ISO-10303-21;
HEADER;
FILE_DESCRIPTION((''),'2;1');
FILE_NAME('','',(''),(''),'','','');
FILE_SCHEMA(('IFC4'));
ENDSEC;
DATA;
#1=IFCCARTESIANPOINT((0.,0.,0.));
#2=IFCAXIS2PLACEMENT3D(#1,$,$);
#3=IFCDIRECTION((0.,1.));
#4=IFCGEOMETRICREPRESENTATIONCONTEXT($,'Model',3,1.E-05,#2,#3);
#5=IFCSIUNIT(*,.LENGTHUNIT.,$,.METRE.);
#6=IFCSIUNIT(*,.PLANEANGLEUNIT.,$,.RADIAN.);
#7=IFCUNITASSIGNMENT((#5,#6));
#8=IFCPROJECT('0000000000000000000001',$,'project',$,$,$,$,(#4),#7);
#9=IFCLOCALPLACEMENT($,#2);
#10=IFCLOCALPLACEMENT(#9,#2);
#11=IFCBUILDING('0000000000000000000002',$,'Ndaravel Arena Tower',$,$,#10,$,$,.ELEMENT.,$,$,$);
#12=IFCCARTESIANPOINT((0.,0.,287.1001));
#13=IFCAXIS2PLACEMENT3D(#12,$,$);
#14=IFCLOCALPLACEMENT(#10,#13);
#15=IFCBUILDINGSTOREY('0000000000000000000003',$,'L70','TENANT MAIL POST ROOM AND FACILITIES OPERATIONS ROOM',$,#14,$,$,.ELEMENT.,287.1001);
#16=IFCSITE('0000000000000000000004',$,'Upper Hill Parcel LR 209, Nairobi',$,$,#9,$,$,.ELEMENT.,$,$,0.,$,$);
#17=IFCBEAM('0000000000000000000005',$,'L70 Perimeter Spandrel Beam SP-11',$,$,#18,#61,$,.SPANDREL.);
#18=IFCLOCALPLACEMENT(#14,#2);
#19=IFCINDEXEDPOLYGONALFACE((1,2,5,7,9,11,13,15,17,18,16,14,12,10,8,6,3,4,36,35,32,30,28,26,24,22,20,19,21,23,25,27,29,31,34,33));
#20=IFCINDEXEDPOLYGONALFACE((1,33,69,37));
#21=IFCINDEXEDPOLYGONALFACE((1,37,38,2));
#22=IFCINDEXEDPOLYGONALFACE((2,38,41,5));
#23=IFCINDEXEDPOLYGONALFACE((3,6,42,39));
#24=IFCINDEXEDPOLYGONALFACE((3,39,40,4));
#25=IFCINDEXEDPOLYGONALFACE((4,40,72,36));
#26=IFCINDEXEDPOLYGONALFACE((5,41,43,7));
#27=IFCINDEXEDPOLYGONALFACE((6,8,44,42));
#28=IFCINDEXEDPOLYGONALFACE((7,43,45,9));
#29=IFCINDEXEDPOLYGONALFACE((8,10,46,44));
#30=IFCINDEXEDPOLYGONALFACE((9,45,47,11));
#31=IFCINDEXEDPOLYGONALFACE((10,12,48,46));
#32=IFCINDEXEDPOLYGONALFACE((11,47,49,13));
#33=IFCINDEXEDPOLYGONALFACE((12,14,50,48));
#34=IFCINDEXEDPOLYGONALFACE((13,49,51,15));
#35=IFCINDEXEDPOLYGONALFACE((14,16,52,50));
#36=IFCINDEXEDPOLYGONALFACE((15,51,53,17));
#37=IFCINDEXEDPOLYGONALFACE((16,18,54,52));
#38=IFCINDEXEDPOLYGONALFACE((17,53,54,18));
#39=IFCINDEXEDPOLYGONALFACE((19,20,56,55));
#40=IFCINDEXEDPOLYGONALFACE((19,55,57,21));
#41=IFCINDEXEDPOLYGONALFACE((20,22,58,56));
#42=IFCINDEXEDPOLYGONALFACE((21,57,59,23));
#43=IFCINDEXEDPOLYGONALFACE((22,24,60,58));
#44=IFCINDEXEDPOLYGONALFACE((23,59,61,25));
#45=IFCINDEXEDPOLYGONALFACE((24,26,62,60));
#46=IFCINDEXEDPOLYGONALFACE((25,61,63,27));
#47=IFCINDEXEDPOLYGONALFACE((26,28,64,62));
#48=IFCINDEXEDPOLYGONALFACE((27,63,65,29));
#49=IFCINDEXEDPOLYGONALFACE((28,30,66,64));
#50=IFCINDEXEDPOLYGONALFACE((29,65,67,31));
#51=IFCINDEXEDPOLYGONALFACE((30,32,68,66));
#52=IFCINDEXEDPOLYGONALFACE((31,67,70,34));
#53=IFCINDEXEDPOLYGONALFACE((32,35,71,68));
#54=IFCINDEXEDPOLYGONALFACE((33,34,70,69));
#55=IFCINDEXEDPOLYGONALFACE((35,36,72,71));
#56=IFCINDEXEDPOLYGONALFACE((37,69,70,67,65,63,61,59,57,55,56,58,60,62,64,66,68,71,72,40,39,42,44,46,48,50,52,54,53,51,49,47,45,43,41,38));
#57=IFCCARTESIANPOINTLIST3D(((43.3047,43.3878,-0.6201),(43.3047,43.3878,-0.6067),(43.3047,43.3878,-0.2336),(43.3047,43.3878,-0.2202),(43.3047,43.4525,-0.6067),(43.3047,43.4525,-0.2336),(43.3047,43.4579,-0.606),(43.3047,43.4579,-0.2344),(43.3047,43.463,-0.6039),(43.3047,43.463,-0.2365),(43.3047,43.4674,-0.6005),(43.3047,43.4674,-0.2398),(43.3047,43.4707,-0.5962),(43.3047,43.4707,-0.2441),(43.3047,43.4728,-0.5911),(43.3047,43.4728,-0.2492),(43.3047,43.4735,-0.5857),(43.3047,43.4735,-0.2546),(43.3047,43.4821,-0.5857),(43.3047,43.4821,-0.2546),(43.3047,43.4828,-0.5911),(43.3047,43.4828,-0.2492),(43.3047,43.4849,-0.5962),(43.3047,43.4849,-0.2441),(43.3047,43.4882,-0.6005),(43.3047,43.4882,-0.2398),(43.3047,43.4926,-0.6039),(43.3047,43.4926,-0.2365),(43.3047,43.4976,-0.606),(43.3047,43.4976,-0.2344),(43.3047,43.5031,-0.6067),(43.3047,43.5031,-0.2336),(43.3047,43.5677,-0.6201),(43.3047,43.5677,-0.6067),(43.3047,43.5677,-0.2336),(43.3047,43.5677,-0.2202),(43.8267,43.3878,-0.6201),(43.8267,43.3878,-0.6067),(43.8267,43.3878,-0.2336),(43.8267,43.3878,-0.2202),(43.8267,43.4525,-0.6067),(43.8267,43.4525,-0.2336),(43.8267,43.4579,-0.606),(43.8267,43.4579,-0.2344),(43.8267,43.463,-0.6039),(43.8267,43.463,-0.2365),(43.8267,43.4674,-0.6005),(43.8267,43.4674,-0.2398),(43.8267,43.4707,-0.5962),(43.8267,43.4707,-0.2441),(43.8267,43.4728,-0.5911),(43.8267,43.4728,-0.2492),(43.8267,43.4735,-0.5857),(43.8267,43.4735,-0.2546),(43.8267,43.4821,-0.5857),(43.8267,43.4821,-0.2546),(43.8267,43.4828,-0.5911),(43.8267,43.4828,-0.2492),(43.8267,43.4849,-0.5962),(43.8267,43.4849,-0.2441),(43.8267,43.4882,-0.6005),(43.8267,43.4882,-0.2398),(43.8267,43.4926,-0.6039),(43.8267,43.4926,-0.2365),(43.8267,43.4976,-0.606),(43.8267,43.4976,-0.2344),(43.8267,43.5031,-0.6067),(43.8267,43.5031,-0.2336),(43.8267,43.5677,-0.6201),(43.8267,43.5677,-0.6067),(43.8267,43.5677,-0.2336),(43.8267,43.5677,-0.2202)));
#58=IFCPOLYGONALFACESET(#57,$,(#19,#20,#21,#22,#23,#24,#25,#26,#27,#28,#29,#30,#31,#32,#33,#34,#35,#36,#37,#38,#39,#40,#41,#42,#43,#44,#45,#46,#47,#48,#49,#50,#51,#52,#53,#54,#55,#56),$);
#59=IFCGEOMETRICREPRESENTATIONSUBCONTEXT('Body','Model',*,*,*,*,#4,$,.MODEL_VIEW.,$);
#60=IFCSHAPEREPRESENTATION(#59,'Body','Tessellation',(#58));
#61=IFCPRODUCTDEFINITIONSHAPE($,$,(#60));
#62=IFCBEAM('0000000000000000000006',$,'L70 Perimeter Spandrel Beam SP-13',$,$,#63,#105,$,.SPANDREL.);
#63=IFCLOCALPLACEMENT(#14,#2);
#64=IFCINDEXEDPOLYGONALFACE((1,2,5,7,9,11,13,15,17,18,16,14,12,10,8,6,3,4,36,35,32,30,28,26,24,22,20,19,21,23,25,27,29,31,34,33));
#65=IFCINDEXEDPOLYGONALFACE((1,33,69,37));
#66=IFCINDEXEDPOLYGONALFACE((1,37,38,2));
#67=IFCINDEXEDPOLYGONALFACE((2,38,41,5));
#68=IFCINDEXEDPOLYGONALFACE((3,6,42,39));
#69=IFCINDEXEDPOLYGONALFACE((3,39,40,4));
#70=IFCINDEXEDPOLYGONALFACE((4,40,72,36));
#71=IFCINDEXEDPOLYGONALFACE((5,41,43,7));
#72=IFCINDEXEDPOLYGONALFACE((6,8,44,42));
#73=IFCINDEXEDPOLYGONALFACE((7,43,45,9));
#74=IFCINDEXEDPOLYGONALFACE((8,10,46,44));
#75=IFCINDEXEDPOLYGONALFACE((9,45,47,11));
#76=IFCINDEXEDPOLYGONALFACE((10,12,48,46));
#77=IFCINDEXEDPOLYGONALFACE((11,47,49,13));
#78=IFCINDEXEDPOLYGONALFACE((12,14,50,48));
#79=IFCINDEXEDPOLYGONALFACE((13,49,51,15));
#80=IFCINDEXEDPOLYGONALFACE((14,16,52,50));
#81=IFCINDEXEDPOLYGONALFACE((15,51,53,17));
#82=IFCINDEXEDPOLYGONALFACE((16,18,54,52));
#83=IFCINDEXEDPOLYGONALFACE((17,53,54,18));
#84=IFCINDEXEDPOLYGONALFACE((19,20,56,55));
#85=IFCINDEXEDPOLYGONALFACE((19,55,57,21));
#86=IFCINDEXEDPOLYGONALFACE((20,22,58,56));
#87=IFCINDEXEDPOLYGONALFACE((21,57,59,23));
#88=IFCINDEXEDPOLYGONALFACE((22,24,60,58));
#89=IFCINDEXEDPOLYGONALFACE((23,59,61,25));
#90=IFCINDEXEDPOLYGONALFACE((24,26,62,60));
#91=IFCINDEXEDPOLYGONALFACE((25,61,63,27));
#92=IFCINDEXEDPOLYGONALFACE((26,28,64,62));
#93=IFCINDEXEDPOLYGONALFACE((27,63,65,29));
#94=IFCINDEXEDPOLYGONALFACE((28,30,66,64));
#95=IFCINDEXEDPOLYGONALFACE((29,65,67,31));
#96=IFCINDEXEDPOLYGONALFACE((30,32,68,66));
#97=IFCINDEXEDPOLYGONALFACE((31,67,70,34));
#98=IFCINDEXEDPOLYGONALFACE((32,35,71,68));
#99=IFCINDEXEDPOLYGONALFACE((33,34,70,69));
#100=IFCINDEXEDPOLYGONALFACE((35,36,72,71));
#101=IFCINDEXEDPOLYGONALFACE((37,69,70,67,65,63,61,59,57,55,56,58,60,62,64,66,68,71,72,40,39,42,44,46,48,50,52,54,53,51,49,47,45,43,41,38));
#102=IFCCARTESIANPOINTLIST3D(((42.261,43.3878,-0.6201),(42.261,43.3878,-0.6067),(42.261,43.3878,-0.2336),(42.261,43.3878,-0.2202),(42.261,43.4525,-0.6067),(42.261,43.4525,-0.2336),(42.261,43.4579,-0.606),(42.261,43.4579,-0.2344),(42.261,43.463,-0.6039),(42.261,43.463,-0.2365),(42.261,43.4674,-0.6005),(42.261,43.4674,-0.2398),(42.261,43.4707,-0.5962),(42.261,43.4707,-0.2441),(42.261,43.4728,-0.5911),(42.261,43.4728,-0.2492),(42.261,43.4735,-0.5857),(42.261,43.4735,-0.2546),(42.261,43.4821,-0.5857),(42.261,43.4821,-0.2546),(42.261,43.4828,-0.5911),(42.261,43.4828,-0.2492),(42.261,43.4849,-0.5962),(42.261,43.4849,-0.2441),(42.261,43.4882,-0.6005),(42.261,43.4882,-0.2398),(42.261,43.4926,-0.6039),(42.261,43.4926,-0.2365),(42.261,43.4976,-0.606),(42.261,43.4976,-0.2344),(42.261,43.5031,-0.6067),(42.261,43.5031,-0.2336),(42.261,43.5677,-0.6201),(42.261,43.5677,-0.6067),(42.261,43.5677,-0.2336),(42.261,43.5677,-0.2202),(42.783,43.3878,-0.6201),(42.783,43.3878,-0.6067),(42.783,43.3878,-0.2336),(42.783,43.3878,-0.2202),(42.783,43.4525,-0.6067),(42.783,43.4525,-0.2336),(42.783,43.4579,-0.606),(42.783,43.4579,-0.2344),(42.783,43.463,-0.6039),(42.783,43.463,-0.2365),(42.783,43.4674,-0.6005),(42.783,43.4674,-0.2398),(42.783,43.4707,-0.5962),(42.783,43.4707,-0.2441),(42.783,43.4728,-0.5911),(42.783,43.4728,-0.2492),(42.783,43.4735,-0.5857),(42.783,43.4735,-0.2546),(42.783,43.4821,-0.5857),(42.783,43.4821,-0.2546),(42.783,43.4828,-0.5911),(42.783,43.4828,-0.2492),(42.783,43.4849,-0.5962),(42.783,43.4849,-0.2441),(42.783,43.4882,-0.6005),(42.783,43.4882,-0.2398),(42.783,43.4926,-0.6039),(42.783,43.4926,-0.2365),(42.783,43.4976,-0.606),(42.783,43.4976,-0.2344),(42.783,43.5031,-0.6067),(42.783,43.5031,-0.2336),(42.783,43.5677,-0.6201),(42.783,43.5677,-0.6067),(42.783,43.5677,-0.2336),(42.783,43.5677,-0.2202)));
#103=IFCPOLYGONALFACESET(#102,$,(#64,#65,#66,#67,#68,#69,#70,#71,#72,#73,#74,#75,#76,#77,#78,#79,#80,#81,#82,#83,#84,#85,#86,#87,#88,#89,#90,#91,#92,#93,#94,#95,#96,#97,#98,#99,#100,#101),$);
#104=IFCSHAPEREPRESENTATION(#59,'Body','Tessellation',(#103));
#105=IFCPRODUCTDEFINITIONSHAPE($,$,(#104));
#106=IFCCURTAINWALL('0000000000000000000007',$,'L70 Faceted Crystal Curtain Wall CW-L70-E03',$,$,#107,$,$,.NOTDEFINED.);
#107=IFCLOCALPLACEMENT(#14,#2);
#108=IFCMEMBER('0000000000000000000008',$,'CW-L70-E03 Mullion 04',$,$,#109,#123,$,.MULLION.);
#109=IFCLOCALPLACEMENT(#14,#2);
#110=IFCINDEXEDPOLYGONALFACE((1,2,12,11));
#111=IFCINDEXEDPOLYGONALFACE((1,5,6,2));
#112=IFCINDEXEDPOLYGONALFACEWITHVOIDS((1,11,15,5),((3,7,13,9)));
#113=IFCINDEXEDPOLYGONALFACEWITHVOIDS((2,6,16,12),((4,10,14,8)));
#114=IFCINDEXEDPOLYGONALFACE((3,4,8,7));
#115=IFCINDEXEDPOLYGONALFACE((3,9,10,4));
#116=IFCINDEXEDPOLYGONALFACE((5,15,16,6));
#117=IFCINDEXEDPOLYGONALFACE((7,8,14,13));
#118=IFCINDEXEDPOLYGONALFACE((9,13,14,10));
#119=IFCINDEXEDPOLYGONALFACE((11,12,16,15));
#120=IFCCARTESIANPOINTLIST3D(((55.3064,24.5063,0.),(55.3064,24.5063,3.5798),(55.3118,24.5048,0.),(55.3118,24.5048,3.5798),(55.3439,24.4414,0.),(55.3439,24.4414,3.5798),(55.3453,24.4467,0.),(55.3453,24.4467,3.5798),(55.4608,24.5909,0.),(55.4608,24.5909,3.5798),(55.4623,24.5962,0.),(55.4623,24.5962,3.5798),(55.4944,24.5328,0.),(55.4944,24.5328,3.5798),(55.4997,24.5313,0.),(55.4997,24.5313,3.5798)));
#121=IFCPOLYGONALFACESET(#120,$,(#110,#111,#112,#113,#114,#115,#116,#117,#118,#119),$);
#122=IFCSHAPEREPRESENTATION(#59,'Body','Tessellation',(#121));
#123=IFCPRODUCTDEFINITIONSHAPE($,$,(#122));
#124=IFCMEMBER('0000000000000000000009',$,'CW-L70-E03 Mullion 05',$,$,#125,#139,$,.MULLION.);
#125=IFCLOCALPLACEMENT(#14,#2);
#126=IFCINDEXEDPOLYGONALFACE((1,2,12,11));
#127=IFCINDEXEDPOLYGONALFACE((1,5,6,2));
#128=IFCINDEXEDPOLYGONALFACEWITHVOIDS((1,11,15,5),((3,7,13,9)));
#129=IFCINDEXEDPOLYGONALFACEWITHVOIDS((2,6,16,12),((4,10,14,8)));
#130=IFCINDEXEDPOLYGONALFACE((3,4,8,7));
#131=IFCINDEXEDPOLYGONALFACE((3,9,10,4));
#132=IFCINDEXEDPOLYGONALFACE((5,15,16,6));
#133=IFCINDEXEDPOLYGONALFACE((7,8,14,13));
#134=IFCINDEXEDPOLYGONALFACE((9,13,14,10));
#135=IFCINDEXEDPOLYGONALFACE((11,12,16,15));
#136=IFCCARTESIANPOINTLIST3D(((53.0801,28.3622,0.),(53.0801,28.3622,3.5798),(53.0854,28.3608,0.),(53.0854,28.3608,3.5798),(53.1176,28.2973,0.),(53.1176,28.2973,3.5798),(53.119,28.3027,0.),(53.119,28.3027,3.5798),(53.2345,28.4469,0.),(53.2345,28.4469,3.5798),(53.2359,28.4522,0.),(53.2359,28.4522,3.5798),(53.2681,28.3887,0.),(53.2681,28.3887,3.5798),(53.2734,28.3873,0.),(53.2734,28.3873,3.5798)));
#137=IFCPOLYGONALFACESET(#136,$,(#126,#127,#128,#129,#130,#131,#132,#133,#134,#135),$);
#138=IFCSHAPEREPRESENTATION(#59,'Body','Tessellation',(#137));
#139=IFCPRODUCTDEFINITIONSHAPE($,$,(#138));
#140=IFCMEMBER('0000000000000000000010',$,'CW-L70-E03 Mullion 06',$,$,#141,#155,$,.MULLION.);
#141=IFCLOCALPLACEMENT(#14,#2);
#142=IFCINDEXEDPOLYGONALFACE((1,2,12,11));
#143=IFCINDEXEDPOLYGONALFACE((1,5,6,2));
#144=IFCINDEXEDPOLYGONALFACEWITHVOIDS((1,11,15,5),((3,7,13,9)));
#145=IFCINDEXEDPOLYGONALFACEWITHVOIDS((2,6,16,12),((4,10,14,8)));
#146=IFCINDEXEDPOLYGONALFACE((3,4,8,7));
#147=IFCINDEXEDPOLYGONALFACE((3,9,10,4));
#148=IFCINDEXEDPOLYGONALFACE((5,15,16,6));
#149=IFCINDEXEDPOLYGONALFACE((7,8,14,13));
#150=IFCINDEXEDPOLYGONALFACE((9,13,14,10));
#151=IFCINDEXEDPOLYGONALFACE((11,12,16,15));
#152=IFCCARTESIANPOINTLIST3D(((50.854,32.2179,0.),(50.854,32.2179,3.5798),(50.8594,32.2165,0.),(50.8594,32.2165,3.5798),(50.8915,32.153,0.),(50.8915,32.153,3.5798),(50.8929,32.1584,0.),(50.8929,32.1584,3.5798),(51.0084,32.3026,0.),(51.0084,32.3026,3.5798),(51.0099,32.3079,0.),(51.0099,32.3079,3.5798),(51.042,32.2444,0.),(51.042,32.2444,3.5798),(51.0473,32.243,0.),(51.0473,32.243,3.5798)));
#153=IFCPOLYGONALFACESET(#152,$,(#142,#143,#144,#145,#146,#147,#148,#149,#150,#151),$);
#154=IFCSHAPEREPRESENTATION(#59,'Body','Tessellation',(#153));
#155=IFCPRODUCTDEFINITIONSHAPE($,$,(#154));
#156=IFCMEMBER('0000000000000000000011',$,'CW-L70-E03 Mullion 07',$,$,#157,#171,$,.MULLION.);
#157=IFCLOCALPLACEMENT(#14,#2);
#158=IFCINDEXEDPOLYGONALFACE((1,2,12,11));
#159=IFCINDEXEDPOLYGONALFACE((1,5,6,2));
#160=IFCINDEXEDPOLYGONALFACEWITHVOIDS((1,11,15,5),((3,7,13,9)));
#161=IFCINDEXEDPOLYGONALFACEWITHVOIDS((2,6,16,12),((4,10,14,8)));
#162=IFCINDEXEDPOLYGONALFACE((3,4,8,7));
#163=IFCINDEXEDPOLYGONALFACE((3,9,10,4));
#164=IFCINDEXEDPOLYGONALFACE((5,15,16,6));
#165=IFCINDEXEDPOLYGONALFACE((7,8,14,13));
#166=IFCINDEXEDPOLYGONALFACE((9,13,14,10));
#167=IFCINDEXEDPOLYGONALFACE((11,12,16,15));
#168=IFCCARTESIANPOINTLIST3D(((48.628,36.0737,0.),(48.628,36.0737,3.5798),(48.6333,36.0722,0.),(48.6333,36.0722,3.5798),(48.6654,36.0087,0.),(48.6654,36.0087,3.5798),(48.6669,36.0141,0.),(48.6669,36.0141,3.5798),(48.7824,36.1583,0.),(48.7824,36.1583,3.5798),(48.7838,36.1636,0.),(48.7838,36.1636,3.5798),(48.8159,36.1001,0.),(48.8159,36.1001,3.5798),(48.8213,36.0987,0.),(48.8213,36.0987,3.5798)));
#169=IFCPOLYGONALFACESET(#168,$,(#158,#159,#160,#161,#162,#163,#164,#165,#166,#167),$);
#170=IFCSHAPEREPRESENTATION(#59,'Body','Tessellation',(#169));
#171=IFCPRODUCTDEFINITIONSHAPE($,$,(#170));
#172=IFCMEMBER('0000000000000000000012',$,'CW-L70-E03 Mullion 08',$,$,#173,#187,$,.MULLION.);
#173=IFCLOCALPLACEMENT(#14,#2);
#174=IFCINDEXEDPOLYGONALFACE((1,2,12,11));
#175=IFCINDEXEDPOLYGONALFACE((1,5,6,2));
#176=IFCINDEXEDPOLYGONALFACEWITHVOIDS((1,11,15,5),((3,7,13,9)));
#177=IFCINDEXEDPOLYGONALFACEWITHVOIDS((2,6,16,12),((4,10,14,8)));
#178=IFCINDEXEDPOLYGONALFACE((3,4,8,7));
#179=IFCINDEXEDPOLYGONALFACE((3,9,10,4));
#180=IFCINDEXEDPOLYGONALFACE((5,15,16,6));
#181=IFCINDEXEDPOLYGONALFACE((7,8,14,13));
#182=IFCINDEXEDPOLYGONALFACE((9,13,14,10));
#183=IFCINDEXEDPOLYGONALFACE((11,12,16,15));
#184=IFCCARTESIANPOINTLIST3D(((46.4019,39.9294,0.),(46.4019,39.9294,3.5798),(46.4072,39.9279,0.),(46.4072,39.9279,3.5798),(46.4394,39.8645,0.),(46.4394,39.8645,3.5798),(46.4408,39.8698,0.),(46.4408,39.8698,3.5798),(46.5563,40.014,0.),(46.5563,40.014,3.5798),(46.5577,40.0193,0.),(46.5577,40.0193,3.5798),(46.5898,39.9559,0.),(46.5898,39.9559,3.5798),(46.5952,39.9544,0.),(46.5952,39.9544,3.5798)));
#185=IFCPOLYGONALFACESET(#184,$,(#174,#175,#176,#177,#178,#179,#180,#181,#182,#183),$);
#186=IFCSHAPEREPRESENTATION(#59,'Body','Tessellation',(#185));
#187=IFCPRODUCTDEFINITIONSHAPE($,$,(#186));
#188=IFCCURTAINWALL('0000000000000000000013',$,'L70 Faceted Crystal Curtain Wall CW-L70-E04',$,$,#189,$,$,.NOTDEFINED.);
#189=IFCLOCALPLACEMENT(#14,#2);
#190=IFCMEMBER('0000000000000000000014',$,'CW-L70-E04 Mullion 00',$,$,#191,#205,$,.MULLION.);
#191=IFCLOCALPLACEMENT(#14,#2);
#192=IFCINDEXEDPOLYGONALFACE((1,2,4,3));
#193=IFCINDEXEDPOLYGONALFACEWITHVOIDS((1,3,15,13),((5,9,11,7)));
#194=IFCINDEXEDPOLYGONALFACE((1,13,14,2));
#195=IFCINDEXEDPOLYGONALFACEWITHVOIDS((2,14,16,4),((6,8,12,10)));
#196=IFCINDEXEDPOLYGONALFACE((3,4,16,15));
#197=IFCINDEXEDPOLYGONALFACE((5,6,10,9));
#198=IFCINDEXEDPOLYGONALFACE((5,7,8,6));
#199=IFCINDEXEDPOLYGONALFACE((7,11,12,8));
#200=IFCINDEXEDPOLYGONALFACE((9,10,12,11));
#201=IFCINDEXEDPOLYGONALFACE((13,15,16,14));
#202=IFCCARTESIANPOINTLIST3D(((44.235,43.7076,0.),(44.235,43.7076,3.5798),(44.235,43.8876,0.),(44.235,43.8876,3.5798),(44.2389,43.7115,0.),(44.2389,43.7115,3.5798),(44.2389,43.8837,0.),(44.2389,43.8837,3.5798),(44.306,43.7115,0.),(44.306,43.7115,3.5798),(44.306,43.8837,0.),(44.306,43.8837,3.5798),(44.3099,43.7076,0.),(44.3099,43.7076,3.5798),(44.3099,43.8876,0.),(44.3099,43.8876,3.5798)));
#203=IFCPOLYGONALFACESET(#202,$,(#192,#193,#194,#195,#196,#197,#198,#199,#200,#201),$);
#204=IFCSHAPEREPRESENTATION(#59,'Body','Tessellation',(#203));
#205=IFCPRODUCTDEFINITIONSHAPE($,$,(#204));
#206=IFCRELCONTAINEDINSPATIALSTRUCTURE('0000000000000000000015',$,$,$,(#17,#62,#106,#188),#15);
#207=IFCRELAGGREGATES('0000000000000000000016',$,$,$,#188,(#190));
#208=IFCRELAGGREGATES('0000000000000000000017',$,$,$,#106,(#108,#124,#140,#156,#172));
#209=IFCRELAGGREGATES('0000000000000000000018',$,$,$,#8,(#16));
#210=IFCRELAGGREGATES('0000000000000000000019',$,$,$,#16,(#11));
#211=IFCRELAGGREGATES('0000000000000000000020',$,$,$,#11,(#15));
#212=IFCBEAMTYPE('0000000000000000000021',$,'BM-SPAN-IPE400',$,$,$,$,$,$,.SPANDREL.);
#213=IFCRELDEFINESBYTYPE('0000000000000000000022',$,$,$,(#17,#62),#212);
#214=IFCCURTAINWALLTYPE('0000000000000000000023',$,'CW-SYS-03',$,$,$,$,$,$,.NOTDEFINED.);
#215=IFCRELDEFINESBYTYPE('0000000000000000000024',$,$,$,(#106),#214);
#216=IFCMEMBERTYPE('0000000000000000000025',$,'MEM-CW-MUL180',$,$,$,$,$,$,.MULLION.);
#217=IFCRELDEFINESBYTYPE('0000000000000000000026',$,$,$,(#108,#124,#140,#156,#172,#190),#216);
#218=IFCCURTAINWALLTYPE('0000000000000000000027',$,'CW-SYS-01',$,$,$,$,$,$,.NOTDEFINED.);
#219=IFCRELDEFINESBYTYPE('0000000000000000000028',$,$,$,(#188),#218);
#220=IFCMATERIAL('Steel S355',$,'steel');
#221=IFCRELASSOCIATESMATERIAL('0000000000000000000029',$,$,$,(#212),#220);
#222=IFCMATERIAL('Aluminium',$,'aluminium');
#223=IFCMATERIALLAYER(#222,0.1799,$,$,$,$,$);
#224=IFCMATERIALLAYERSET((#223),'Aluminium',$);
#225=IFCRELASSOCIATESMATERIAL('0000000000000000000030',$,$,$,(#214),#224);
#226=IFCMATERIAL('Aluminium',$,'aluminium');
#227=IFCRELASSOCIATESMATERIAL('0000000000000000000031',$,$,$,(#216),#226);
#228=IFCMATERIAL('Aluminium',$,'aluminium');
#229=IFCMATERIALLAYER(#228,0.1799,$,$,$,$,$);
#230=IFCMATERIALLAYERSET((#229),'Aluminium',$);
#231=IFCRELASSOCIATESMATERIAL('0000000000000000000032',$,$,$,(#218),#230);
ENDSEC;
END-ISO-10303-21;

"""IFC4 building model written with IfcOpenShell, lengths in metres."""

from ifc_helpers import new_model, si_unit, direction, frame, origin, origin_2d, place, context, subcontext, project, spatial, hollow_rectangle, i_section, extrude, material, layer, layer_set, material_profile, profile_set, type_object, element, aggregate, save


model = new_model("IFC4")

# Units and contexts
model_context = context("Model", 3, precision=1e-05, world=origin(), true_north=direction((0.0, 1.0)))
body_context = subcontext(model_context, "Body", "Model", "MODEL_VIEW")
ifc_project = project(units=[si_unit("LENGTHUNIT", "METRE"), si_unit("PLANEANGLEUNIT", "RADIAN")], contexts=[model_context])

# Site, building, storey
site_placement = place(None, origin())
site = spatial("IfcSite", under=ifc_project, at=site_placement, Name="Upper Hill Parcel LR 209, Nairobi", CompositionType="ELEMENT", RefElevation=0.0)
building_placement = place(site_placement, origin())
building = spatial("IfcBuilding", under=site, at=building_placement, Name="Ndaravel Arena Tower", CompositionType="ELEMENT")
storey_placement = place(building_placement, frame((0.0, 0.0, 287.1001)))
storey = spatial("IfcBuildingStorey", under=building, at=storey_placement, Name="L70", Description="TENANT MAIL POST ROOM AND FACILITIES OPERATIONS ROOM", CompositionType="ELEMENT", Elevation=287.1001)

# Beams
ifc_material_1 = material(Name="Steel S355", Category="steel")
ifc_material_profile_1 = material_profile(ifc_material_1, i_section(OverallWidth=0.1799, OverallDepth=0.3999, WebThickness=0.0085, FlangeThickness=0.0134, FilletRadius=0.021, at=origin_2d()), Name="IPE 400")
ifc_profile_set_1 = profile_set([ifc_material_profile_1], Name="Steel S355")
beam_type_1 = type_object("IfcBeamType", Name="BM-SPAN-IPE400", PredefinedType="SPANDREL", material=ifc_profile_set_1)
for number, where, z_axis, x_axis, name in (
    (1, (43.8267, 43.4778, -0.4202), (-1.0, 0.0, 0.0), (0.0, -1.0, 0.0), "L70 Perimeter Spandrel Beam SP-11"),
    (2, (42.783, 43.4778, -0.4202), (-1.0, 0.0, 0.0), (0.0, -1.0, 0.0), "L70 Perimeter Spandrel Beam SP-13"),
):
    element("IfcBeam", number, at=place(storey_placement, frame(where, z_axis=z_axis, x_axis=x_axis)), inside=storey, type_object=beam_type_1, Name=name, PredefinedType="SPANDREL", context=body_context, shape_type="SweptSolid", body=[
        extrude(i_section(OverallWidth=0.1799, OverallDepth=0.3999, WebThickness=0.0085, FlangeThickness=0.0134, FilletRadius=0.021, at=origin_2d()), origin(), (0.0, 0.0, 1.0), 0.522),
    ])

# Curtain walls, members
ifc_material_2 = material(Name="Aluminium", Category="aluminium")
ifc_layer_1 = layer(ifc_material_2, 0.1799)
ifc_layer_set_1 = layer_set([ifc_layer_1], Name="Aluminium")
curtain_wall_type_1 = type_object("IfcCurtainWallType", Name="CW-SYS-03", PredefinedType="NOTDEFINED", material=ifc_layer_set_1)
curtain_wall_1_placement = place(storey_placement, origin())
curtain_wall_1 = element("IfcCurtainWall", 3, at=curtain_wall_1_placement, inside=storey, type_object=curtain_wall_type_1, Name="L70 Faceted Crystal Curtain Wall CW-L70-E03", PredefinedType="NOTDEFINED")
ifc_material_3 = material(Name="Aluminium", Category="aluminium")
ifc_material_profile_2 = material_profile(ifc_material_3, hollow_rectangle(XDim=0.075, YDim=0.1799, WallThickness=0.0039, at=origin_2d()), Name="CW MULLION 75x180x4")
ifc_profile_set_2 = profile_set([ifc_material_profile_2], Name="Aluminium")
member_type_1 = type_object("IfcMemberType", Name="MEM-CW-MUL180", PredefinedType="MULLION", material=ifc_profile_set_2)
member_1_placement = place(storey_placement, frame((55.4031, 24.5188, 0.0), z_axis=(0.0, 0.0, 1.0), x_axis=(-0.5, 0.866025, 0.0)))
member_1 = element("IfcMember", 4, at=member_1_placement, type_object=member_type_1, Name="CW-L70-E03 Mullion 04", PredefinedType="MULLION", context=body_context, shape_type="SweptSolid", body=[
    extrude(hollow_rectangle(XDim=0.075, YDim=0.1799, WallThickness=0.0039, at=origin_2d()), origin(), (0.0, 0.0, 1.0), 3.5798),
])
member_2_placement = place(storey_placement, frame((53.1768, 28.3748, 0.0), z_axis=(0.0, 0.0, 1.0), x_axis=(-0.5, 0.866025, 0.0)))
member_2 = element("IfcMember", 5, at=member_2_placement, type_object=member_type_1, Name="CW-L70-E03 Mullion 05", PredefinedType="MULLION", context=body_context, shape_type="SweptSolid", body=[
    extrude(hollow_rectangle(XDim=0.075, YDim=0.1799, WallThickness=0.0039, at=origin_2d()), origin(), (0.0, 0.0, 1.0), 3.5798),
])
member_3_placement = place(storey_placement, frame((50.9507, 32.2305, 0.0), z_axis=(0.0, 0.0, 1.0), x_axis=(-0.5, 0.866025, 0.0)))
member_3 = element("IfcMember", 6, at=member_3_placement, type_object=member_type_1, Name="CW-L70-E03 Mullion 06", PredefinedType="MULLION", context=body_context, shape_type="SweptSolid", body=[
    extrude(hollow_rectangle(XDim=0.075, YDim=0.1799, WallThickness=0.0039, at=origin_2d()), origin(), (0.0, 0.0, 1.0), 3.5798),
])
member_4_placement = place(storey_placement, frame((48.7246, 36.0862, 0.0), z_axis=(0.0, 0.0, 1.0), x_axis=(-0.5, 0.866025, 0.0)))
member_4 = element("IfcMember", 7, at=member_4_placement, type_object=member_type_1, Name="CW-L70-E03 Mullion 07", PredefinedType="MULLION", context=body_context, shape_type="SweptSolid", body=[
    extrude(hollow_rectangle(XDim=0.075, YDim=0.1799, WallThickness=0.0039, at=origin_2d()), origin(), (0.0, 0.0, 1.0), 3.5798),
])
member_5_placement = place(storey_placement, frame((46.4985, 39.9419, 0.0), z_axis=(0.0, 0.0, 1.0), x_axis=(-0.5, 0.866025, 0.0)))
member_5 = element("IfcMember", 8, at=member_5_placement, type_object=member_type_1, Name="CW-L70-E03 Mullion 08", PredefinedType="MULLION", context=body_context, shape_type="SweptSolid", body=[
    extrude(hollow_rectangle(XDim=0.075, YDim=0.1799, WallThickness=0.0039, at=origin_2d()), origin(), (0.0, 0.0, 1.0), 3.5798),
])
ifc_material_4 = material(Name="Aluminium", Category="aluminium")
ifc_layer_2 = layer(ifc_material_4, 0.1799)
ifc_layer_set_2 = layer_set([ifc_layer_2], Name="Aluminium")
curtain_wall_type_2 = type_object("IfcCurtainWallType", Name="CW-SYS-01", PredefinedType="NOTDEFINED", material=ifc_layer_set_2)
curtain_wall_2_placement = place(storey_placement, origin())
curtain_wall_2 = element("IfcCurtainWall", 9, at=curtain_wall_2_placement, inside=storey, type_object=curtain_wall_type_2, Name="L70 Faceted Crystal Curtain Wall CW-L70-E04", PredefinedType="NOTDEFINED")
member_6_placement = place(storey_placement, frame((44.2725, 43.7976, 0.0), z_axis=(0.0, 0.0, 1.0), x_axis=(-1.0, 0.0, 0.0)))
member_6 = element("IfcMember", 10, at=member_6_placement, type_object=member_type_1, Name="CW-L70-E04 Mullion 00", PredefinedType="MULLION", context=body_context, shape_type="SweptSolid", body=[
    extrude(hollow_rectangle(XDim=0.075, YDim=0.1799, WallThickness=0.0039, at=origin_2d()), origin(), (0.0, 0.0, 1.0), 3.5798),
])
aggregate(curtain_wall_2, [member_6])

aggregate(curtain_wall_1, [member_1, member_2, member_3, member_4, member_5])

save(model, "model.ifc")
